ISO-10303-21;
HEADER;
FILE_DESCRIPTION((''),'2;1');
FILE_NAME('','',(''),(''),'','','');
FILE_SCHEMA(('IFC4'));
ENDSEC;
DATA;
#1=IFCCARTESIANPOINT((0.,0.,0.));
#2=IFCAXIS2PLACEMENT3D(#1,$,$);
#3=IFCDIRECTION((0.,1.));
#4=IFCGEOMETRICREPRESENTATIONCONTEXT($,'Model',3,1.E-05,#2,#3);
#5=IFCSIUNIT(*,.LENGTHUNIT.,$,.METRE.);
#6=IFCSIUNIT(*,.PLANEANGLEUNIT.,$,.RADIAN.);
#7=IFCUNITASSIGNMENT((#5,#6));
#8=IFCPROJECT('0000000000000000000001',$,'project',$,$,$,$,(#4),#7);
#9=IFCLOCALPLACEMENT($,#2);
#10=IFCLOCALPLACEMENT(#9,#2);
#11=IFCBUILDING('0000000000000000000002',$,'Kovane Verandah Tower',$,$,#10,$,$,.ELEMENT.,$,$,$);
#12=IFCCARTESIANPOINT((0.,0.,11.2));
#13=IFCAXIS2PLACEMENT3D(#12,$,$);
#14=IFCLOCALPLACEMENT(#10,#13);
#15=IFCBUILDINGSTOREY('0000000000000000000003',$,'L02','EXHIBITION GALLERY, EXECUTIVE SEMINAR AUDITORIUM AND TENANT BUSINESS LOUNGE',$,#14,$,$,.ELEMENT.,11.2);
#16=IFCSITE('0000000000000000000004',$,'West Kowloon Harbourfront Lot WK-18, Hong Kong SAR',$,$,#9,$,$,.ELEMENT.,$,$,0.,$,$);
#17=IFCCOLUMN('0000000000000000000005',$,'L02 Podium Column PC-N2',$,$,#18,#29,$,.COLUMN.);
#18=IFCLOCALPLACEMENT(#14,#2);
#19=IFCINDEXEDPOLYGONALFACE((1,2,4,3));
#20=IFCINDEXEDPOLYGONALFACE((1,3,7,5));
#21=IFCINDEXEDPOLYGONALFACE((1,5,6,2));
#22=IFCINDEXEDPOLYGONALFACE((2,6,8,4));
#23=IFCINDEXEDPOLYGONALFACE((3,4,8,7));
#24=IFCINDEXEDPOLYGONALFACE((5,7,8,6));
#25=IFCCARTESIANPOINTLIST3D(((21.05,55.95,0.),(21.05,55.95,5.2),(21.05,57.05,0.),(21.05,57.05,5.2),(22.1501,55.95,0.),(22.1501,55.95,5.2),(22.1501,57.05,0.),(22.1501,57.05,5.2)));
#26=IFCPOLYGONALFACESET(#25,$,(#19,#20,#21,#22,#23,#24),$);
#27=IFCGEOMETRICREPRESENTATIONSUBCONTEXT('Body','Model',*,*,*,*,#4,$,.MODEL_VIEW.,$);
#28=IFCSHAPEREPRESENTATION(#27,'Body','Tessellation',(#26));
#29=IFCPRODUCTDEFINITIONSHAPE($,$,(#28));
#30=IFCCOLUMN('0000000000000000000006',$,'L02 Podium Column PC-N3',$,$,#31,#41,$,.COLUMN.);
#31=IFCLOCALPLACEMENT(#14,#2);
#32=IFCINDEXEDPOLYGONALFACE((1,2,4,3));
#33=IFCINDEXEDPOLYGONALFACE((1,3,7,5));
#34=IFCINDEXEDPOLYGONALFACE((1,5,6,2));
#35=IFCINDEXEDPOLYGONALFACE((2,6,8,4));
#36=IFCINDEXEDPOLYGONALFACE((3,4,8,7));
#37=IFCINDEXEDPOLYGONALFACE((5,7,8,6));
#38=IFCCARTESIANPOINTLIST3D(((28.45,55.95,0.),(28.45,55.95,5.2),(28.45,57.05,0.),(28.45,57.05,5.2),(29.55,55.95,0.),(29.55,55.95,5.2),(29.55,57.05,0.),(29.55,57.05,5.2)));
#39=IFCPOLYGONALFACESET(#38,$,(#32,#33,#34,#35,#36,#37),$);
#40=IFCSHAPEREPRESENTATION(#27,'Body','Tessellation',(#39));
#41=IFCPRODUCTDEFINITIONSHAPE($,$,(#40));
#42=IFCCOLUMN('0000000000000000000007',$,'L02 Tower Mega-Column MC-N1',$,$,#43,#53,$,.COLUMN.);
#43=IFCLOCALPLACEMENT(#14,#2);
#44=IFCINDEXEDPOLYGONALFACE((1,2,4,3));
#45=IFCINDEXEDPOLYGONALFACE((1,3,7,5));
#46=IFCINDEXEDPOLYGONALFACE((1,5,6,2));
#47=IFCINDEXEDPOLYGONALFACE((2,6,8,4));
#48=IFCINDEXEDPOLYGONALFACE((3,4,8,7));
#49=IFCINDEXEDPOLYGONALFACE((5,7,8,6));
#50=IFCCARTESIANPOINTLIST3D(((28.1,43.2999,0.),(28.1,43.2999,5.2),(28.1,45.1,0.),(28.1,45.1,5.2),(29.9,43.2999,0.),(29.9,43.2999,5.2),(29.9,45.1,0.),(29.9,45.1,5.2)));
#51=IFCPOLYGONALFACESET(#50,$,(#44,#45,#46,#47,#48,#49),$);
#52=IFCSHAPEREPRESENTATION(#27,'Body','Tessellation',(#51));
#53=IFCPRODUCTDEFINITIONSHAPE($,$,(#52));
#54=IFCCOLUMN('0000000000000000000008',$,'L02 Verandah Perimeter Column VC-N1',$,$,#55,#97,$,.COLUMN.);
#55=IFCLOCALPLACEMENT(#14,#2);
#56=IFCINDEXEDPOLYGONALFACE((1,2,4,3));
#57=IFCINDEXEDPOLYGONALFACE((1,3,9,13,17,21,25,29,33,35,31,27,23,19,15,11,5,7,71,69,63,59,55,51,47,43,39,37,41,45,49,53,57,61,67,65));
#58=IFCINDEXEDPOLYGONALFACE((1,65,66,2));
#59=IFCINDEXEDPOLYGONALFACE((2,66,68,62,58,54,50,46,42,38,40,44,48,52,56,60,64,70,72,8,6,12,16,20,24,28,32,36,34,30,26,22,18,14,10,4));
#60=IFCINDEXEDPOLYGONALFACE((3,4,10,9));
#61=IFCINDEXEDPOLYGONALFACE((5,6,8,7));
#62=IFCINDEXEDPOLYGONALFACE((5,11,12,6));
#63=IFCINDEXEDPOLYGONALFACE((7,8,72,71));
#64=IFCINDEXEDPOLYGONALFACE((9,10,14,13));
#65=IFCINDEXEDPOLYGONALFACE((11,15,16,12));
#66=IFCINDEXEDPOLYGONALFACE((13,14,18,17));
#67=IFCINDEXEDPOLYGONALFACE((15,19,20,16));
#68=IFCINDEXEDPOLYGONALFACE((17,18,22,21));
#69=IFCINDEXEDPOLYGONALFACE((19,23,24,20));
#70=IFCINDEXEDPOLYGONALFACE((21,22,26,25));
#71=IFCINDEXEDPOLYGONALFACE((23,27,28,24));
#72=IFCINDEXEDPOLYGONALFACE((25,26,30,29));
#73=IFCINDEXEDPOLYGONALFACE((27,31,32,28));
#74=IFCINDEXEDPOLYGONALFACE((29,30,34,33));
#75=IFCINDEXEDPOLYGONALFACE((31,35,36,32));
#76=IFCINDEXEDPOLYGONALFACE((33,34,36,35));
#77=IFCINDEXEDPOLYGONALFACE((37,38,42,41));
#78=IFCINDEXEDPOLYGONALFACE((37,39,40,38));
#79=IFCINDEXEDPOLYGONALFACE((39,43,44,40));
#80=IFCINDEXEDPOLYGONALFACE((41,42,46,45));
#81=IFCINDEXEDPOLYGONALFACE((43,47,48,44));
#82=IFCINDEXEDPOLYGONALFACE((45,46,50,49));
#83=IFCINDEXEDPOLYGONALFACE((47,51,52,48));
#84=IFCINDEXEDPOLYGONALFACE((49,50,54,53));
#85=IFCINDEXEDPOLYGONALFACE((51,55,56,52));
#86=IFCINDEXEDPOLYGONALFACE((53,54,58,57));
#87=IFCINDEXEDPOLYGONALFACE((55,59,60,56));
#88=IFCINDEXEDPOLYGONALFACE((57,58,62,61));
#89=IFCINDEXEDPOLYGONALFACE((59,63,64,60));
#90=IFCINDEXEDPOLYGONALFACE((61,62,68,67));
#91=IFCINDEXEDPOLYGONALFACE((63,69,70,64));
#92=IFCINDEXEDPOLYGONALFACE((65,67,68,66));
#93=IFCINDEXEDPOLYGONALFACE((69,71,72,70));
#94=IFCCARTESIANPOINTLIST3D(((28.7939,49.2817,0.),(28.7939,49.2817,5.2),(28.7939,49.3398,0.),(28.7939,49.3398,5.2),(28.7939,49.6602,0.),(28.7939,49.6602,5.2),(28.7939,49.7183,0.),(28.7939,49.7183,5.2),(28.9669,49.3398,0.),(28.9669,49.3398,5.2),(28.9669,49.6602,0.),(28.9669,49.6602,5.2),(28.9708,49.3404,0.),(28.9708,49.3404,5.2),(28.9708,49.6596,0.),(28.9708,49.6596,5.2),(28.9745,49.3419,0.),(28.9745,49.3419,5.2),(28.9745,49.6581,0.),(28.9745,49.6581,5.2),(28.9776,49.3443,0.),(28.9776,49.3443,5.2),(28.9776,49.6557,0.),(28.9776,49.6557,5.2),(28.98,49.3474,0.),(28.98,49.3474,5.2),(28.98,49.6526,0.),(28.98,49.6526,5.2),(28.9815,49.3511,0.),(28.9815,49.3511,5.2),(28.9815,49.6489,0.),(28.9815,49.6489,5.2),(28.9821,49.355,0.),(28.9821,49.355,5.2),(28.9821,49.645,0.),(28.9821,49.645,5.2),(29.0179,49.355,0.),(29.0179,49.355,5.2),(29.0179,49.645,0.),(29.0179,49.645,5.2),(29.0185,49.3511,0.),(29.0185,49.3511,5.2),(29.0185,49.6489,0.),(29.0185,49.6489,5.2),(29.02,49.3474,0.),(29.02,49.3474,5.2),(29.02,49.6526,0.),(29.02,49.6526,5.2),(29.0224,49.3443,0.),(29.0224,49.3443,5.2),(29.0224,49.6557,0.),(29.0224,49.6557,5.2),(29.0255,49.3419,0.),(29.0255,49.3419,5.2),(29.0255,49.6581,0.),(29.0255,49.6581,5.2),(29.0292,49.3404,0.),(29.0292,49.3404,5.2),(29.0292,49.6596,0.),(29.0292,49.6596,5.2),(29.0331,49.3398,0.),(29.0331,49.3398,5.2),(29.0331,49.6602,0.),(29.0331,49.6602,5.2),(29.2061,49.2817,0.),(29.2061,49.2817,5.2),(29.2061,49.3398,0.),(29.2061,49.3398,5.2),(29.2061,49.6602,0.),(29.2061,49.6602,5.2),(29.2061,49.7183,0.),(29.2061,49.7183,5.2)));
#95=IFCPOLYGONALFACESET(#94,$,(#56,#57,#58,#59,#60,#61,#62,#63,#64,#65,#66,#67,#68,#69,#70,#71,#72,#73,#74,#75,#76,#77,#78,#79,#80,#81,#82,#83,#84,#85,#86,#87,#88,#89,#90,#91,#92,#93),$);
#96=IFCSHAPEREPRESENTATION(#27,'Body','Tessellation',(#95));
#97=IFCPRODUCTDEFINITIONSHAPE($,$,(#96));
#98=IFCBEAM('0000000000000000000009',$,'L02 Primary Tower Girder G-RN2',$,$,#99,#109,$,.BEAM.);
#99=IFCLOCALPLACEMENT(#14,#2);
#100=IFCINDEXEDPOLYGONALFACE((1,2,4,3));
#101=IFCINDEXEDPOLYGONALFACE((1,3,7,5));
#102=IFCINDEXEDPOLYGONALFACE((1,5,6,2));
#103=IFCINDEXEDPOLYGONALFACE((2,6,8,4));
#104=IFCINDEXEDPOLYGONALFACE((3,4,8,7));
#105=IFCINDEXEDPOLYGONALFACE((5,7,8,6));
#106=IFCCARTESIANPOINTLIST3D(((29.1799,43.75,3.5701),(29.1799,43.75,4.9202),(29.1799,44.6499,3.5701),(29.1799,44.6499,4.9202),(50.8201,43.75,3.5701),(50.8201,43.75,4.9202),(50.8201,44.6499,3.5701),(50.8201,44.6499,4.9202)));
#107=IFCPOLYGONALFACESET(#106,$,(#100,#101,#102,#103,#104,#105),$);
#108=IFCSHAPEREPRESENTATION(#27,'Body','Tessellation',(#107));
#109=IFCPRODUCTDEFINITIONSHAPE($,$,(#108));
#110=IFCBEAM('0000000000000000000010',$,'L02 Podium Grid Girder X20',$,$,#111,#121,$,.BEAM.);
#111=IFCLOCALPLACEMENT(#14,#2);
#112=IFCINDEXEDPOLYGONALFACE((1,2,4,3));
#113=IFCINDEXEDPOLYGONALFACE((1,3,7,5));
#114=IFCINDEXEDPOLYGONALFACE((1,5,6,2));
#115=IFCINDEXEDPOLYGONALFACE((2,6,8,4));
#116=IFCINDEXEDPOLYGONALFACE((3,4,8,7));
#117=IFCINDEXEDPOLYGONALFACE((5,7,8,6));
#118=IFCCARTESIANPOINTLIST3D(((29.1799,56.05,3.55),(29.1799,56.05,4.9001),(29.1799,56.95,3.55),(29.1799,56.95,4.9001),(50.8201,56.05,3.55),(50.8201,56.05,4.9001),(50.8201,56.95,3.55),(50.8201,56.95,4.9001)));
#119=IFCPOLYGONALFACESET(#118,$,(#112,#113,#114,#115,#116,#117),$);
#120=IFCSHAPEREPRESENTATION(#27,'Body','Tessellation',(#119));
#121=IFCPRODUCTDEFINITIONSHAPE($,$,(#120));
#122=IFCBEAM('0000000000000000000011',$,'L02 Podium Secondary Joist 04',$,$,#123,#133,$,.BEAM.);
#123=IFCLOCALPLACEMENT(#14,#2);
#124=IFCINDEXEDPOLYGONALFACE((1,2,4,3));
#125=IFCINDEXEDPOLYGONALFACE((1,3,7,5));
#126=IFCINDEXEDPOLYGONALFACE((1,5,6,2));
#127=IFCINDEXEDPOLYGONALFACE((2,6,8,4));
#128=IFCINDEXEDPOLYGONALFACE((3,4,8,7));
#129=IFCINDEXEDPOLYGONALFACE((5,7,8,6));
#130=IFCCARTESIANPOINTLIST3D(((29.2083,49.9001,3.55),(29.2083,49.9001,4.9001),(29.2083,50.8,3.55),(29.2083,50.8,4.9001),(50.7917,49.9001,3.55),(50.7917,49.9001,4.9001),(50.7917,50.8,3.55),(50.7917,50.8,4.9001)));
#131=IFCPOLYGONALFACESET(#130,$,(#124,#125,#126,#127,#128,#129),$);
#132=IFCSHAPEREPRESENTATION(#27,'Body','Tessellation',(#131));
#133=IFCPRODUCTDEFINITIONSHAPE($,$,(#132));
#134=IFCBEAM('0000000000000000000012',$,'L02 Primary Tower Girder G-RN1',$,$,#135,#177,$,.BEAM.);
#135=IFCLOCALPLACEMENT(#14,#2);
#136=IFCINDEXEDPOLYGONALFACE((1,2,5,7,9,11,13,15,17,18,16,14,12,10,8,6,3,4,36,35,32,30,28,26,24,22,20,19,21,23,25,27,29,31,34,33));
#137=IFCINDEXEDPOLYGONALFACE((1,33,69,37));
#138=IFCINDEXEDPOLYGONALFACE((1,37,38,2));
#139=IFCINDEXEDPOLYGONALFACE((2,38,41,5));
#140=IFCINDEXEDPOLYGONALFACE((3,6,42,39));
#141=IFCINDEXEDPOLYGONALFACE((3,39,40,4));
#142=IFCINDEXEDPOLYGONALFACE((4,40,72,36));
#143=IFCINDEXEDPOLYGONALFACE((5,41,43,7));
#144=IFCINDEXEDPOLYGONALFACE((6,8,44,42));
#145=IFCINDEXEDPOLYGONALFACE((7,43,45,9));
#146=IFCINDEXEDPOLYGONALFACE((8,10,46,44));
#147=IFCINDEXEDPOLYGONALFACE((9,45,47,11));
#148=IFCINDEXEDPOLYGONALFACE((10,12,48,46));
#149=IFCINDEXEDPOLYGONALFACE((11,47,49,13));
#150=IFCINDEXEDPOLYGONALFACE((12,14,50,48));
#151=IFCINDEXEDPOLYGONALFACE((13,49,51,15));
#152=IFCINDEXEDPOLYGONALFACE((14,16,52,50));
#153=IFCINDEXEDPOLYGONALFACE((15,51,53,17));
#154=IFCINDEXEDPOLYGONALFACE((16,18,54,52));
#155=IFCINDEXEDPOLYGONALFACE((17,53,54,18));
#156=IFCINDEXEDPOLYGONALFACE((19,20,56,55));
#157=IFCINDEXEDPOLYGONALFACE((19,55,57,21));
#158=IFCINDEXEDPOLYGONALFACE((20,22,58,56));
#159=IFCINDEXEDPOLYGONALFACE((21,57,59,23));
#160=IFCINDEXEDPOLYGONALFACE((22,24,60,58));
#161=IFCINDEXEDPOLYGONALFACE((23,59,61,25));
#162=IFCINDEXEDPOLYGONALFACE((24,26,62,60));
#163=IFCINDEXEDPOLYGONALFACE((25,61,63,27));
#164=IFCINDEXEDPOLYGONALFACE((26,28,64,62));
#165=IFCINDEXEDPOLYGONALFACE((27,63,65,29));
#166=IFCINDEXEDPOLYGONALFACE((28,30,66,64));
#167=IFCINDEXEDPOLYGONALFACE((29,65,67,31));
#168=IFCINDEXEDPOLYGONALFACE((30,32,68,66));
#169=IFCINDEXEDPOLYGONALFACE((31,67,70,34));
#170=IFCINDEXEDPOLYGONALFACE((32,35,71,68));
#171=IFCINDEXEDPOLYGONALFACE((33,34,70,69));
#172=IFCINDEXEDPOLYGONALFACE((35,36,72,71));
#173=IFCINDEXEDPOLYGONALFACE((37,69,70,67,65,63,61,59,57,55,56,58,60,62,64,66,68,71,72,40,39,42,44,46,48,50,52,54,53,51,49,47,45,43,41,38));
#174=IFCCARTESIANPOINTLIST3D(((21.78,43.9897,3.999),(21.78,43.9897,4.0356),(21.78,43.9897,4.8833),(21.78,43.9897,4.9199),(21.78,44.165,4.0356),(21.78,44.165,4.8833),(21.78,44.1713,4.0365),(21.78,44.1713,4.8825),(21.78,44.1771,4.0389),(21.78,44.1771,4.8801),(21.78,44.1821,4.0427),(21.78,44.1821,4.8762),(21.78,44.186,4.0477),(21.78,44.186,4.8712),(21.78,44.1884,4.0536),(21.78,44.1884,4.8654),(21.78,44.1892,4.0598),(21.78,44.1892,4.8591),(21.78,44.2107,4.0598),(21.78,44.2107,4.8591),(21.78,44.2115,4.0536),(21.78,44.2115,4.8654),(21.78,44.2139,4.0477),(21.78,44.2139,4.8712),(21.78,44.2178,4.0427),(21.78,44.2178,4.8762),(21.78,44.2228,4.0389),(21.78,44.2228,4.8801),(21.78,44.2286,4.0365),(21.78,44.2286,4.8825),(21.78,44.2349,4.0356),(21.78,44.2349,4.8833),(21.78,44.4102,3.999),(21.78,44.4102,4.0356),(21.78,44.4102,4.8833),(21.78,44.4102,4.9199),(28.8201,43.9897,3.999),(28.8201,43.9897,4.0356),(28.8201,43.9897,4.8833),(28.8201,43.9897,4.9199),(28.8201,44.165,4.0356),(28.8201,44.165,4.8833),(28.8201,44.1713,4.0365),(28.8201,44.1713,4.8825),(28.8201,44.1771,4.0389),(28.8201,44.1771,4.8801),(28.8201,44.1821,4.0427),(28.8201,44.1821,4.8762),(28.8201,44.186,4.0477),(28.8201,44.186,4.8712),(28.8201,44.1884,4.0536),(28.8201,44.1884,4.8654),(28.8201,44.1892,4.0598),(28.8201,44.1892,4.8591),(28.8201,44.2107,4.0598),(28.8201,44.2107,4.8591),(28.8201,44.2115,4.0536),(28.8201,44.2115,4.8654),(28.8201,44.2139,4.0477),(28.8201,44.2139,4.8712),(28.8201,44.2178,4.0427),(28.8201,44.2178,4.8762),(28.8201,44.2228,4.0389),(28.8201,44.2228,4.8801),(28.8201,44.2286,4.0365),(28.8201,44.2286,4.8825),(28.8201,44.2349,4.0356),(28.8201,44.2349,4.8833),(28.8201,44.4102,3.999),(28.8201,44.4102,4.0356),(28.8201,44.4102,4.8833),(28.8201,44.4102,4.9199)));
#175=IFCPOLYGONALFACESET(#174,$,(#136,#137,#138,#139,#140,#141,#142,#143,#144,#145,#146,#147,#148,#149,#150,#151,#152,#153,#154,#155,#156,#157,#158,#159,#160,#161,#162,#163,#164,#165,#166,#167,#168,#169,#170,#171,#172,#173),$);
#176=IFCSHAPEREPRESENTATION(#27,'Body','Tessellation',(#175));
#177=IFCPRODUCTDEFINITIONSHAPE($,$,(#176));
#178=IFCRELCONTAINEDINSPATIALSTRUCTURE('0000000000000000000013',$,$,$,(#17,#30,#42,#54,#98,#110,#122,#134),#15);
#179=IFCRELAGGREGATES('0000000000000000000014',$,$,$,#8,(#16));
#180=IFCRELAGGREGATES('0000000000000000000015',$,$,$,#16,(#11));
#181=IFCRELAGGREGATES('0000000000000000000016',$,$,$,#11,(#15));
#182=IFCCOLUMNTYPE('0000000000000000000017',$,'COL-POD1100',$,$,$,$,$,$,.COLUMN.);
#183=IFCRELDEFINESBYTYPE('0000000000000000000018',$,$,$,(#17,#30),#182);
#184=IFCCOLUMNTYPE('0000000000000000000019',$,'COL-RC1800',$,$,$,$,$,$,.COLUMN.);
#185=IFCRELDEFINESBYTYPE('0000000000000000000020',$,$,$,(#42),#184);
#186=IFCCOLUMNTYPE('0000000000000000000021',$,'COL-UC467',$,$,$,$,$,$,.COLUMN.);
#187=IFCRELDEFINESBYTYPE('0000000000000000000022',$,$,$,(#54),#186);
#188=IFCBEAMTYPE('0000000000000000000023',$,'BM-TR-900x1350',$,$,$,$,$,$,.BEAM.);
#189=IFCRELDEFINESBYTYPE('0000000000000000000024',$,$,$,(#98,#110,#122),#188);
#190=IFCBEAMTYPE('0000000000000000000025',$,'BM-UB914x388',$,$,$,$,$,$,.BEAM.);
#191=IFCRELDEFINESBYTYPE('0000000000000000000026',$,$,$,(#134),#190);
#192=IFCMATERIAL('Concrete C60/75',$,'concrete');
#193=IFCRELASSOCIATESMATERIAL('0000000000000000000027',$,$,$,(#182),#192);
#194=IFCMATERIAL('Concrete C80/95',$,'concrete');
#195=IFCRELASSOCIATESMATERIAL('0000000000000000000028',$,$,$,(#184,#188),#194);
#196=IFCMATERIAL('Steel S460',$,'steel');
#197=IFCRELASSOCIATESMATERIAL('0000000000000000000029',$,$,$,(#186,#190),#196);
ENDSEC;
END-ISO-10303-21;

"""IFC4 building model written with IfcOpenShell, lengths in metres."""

from ifc_helpers import new_model, si_unit, direction, frame, origin, origin_2d, place, context, subcontext, project, spatial, rectangle, i_section, extrude, material, material_profile, profile_set, type_object, element, save


model = new_model("IFC4")

# Units and contexts
model_context = context("Model", 3, precision=1e-05, world=origin(), true_north=direction((0.0, 1.0)))
body_context = subcontext(model_context, "Body", "Model", "MODEL_VIEW")
ifc_project = project(units=[si_unit("LENGTHUNIT", "METRE"), si_unit("PLANEANGLEUNIT", "RADIAN")], contexts=[model_context])

# Site, building, storey
site_placement = place(None, origin())
site = spatial("IfcSite", under=ifc_project, at=site_placement, Name="West Kowloon Harbourfront Lot WK-18, Hong Kong SAR", CompositionType="ELEMENT", RefElevation=0.0)
building_placement = place(site_placement, origin())
building = spatial("IfcBuilding", under=site, at=building_placement, Name="Kovane Verandah Tower", CompositionType="ELEMENT")
storey_placement = place(building_placement, frame((0.0, 0.0, 11.2)))
storey = spatial("IfcBuildingStorey", under=building, at=storey_placement, Name="L02", Description="EXHIBITION GALLERY, EXECUTIVE SEMINAR AUDITORIUM AND TENANT BUSINESS LOUNGE", CompositionType="ELEMENT", Elevation=11.2)

# Columns
ifc_material_1 = material(Name="Concrete C60/75", Category="concrete")
ifc_material_profile_1 = material_profile(ifc_material_1, rectangle(XDim=1.1001, YDim=1.1001, at=origin_2d()), Name="RC1100x1100")
ifc_profile_set_1 = profile_set([ifc_material_profile_1], Name="Concrete C60/75")
column_type_1 = type_object("IfcColumnType", Name="COL-POD1100", PredefinedType="COLUMN", material=ifc_profile_set_1)
for number, where, z_axis, x_axis, name in (
    (1, (21.6001, 56.5, 0.0), (0.0, 0.0, 1.0), (1.0, 0.0, 0.0), "L02 Podium Column PC-N2"),
    (2, (29.0, 56.5, 0.0), (0.0, 0.0, 1.0), (1.0, 0.0, 0.0), "L02 Podium Column PC-N3"),
):
    element("IfcColumn", number, at=place(storey_placement, frame(where, z_axis=z_axis, x_axis=x_axis)), inside=storey, type_object=column_type_1, Name=name, PredefinedType="COLUMN", context=body_context, shape_type="SweptSolid", body=[
        extrude(rectangle(XDim=1.1001, YDim=1.1001, at=origin_2d()), origin(), (0.0, 0.0, 1.0), 5.2),
    ])
ifc_material_2 = material(Name="Concrete C80/95", Category="concrete")
ifc_material_profile_2 = material_profile(ifc_material_2, rectangle(XDim=1.8, YDim=1.8, at=origin_2d()), Name="RC1800x1800")
ifc_profile_set_2 = profile_set([ifc_material_profile_2], Name="Concrete C80/95")
column_type_2 = type_object("IfcColumnType", Name="COL-RC1800", PredefinedType="COLUMN", material=ifc_profile_set_2)
column_1_placement = place(storey_placement, frame((29.0, 44.2, 0.0), z_axis=(0.0, 0.0, 1.0), x_axis=(1.0, 0.0, 0.0)))
element("IfcColumn", 3, at=column_1_placement, inside=storey, type_object=column_type_2, Name="L02 Tower Mega-Column MC-N1", PredefinedType="COLUMN", context=body_context, shape_type="SweptSolid", body=[
    extrude(rectangle(XDim=1.8, YDim=1.8, at=origin_2d()), origin(), (0.0, 0.0, 1.0), 5.2),
])
ifc_material_3 = material(Name="Steel S460", Category="steel")
ifc_material_profile_3 = material_profile(ifc_material_3, i_section(OverallWidth=0.4121, OverallDepth=0.4365, WebThickness=0.0359, FlangeThickness=0.0581, FilletRadius=0.0151, at=origin_2d()), Name="UC356x406x467")
ifc_profile_set_3 = profile_set([ifc_material_profile_3], Name="Steel S460")
column_type_3 = type_object("IfcColumnType", Name="COL-UC467", PredefinedType="COLUMN", material=ifc_profile_set_3)
column_2_placement = place(storey_placement, frame((29.0, 49.5, 0.0), z_axis=(0.0, 0.0, 1.0), x_axis=(1.0, 0.0, 0.0)))
element("IfcColumn", 4, at=column_2_placement, inside=storey, type_object=column_type_3, Name="L02 Verandah Perimeter Column VC-N1", PredefinedType="COLUMN", context=body_context, shape_type="SweptSolid", body=[
    extrude(i_section(OverallWidth=0.4121, OverallDepth=0.4365, WebThickness=0.0359, FlangeThickness=0.0581, FilletRadius=0.0151, at=origin_2d()), origin(), (0.0, 0.0, 1.0), 5.2),
])

# Beams
ifc_material_profile_4 = material_profile(ifc_material_2, rectangle(XDim=0.8999, YDim=1.3501, at=origin_2d()), Name="RCB900x1350")
ifc_profile_set_4 = profile_set([ifc_material_profile_4], Name="Concrete C80/95")
beam_type_1 = type_object("IfcBeamType", Name="BM-TR-900x1350", PredefinedType="BEAM", material=ifc_profile_set_4)
for number, where, z_axis, x_axis, name in (
    (5, (29.1799, 44.2, 4.2451), (1.0, 0.0, 0.0), (0.0, 1.0, 0.0), "L02 Primary Tower Girder G-RN2"),
    (6, (29.1799, 56.5, 4.2251), (1.0, 0.0, 0.0), (0.0, 1.0, 0.0), "L02 Podium Grid Girder X20"),
):
    element("IfcBeam", number, at=place(storey_placement, frame(where, z_axis=z_axis, x_axis=x_axis)), inside=storey, type_object=beam_type_1, Name=name, PredefinedType="BEAM", context=body_context, shape_type="SweptSolid", body=[
        extrude(rectangle(XDim=0.8999, YDim=1.3501, at=origin_2d()), origin(), (0.0, 0.0, 1.0), 21.6401),
    ])
beam_1_placement = place(storey_placement, frame((29.2083, 50.3501, 4.2251), z_axis=(1.0, 0.0, 0.0), x_axis=(0.0, 1.0, 0.0)))
element("IfcBeam", 7, at=beam_1_placement, inside=storey, type_object=beam_type_1, Name="L02 Podium Secondary Joist 04", PredefinedType="BEAM", context=body_context, shape_type="SweptSolid", body=[
    extrude(rectangle(XDim=0.8999, YDim=1.3501, at=origin_2d()), origin(), (0.0, 0.0, 1.0), 21.5835),
])
ifc_material_profile_5 = material_profile(ifc_material_3, i_section(OverallWidth=0.4204, OverallDepth=0.9209, WebThickness=0.0215, FlangeThickness=0.0366, FilletRadius=0.0242, at=origin_2d()), Name="UB914x419x388")
ifc_profile_set_5 = profile_set([ifc_material_profile_5], Name="Steel S460")
beam_type_2 = type_object("IfcBeamType", Name="BM-UB914x388", PredefinedType="BEAM", material=ifc_profile_set_5)
for number, where, z_axis, x_axis, name in (
    (8, (21.78, 44.2, 4.4595), (1.0, 0.0, 0.0), (0.0, 1.0, 0.0), "L02 Primary Tower Girder G-RN1"),
):
    element("IfcBeam", number, at=place(storey_placement, frame(where, z_axis=z_axis, x_axis=x_axis)), inside=storey, type_object=beam_type_2, Name=name, PredefinedType="BEAM", context=body_context, shape_type="SweptSolid", body=[
        extrude(i_section(OverallWidth=0.4204, OverallDepth=0.9209, WebThickness=0.0215, FlangeThickness=0.0366, FilletRadius=0.0242, at=origin_2d()), origin(), (0.0, 0.0, 1.0), 7.04),
    ])

save(model, "model.ifc")
